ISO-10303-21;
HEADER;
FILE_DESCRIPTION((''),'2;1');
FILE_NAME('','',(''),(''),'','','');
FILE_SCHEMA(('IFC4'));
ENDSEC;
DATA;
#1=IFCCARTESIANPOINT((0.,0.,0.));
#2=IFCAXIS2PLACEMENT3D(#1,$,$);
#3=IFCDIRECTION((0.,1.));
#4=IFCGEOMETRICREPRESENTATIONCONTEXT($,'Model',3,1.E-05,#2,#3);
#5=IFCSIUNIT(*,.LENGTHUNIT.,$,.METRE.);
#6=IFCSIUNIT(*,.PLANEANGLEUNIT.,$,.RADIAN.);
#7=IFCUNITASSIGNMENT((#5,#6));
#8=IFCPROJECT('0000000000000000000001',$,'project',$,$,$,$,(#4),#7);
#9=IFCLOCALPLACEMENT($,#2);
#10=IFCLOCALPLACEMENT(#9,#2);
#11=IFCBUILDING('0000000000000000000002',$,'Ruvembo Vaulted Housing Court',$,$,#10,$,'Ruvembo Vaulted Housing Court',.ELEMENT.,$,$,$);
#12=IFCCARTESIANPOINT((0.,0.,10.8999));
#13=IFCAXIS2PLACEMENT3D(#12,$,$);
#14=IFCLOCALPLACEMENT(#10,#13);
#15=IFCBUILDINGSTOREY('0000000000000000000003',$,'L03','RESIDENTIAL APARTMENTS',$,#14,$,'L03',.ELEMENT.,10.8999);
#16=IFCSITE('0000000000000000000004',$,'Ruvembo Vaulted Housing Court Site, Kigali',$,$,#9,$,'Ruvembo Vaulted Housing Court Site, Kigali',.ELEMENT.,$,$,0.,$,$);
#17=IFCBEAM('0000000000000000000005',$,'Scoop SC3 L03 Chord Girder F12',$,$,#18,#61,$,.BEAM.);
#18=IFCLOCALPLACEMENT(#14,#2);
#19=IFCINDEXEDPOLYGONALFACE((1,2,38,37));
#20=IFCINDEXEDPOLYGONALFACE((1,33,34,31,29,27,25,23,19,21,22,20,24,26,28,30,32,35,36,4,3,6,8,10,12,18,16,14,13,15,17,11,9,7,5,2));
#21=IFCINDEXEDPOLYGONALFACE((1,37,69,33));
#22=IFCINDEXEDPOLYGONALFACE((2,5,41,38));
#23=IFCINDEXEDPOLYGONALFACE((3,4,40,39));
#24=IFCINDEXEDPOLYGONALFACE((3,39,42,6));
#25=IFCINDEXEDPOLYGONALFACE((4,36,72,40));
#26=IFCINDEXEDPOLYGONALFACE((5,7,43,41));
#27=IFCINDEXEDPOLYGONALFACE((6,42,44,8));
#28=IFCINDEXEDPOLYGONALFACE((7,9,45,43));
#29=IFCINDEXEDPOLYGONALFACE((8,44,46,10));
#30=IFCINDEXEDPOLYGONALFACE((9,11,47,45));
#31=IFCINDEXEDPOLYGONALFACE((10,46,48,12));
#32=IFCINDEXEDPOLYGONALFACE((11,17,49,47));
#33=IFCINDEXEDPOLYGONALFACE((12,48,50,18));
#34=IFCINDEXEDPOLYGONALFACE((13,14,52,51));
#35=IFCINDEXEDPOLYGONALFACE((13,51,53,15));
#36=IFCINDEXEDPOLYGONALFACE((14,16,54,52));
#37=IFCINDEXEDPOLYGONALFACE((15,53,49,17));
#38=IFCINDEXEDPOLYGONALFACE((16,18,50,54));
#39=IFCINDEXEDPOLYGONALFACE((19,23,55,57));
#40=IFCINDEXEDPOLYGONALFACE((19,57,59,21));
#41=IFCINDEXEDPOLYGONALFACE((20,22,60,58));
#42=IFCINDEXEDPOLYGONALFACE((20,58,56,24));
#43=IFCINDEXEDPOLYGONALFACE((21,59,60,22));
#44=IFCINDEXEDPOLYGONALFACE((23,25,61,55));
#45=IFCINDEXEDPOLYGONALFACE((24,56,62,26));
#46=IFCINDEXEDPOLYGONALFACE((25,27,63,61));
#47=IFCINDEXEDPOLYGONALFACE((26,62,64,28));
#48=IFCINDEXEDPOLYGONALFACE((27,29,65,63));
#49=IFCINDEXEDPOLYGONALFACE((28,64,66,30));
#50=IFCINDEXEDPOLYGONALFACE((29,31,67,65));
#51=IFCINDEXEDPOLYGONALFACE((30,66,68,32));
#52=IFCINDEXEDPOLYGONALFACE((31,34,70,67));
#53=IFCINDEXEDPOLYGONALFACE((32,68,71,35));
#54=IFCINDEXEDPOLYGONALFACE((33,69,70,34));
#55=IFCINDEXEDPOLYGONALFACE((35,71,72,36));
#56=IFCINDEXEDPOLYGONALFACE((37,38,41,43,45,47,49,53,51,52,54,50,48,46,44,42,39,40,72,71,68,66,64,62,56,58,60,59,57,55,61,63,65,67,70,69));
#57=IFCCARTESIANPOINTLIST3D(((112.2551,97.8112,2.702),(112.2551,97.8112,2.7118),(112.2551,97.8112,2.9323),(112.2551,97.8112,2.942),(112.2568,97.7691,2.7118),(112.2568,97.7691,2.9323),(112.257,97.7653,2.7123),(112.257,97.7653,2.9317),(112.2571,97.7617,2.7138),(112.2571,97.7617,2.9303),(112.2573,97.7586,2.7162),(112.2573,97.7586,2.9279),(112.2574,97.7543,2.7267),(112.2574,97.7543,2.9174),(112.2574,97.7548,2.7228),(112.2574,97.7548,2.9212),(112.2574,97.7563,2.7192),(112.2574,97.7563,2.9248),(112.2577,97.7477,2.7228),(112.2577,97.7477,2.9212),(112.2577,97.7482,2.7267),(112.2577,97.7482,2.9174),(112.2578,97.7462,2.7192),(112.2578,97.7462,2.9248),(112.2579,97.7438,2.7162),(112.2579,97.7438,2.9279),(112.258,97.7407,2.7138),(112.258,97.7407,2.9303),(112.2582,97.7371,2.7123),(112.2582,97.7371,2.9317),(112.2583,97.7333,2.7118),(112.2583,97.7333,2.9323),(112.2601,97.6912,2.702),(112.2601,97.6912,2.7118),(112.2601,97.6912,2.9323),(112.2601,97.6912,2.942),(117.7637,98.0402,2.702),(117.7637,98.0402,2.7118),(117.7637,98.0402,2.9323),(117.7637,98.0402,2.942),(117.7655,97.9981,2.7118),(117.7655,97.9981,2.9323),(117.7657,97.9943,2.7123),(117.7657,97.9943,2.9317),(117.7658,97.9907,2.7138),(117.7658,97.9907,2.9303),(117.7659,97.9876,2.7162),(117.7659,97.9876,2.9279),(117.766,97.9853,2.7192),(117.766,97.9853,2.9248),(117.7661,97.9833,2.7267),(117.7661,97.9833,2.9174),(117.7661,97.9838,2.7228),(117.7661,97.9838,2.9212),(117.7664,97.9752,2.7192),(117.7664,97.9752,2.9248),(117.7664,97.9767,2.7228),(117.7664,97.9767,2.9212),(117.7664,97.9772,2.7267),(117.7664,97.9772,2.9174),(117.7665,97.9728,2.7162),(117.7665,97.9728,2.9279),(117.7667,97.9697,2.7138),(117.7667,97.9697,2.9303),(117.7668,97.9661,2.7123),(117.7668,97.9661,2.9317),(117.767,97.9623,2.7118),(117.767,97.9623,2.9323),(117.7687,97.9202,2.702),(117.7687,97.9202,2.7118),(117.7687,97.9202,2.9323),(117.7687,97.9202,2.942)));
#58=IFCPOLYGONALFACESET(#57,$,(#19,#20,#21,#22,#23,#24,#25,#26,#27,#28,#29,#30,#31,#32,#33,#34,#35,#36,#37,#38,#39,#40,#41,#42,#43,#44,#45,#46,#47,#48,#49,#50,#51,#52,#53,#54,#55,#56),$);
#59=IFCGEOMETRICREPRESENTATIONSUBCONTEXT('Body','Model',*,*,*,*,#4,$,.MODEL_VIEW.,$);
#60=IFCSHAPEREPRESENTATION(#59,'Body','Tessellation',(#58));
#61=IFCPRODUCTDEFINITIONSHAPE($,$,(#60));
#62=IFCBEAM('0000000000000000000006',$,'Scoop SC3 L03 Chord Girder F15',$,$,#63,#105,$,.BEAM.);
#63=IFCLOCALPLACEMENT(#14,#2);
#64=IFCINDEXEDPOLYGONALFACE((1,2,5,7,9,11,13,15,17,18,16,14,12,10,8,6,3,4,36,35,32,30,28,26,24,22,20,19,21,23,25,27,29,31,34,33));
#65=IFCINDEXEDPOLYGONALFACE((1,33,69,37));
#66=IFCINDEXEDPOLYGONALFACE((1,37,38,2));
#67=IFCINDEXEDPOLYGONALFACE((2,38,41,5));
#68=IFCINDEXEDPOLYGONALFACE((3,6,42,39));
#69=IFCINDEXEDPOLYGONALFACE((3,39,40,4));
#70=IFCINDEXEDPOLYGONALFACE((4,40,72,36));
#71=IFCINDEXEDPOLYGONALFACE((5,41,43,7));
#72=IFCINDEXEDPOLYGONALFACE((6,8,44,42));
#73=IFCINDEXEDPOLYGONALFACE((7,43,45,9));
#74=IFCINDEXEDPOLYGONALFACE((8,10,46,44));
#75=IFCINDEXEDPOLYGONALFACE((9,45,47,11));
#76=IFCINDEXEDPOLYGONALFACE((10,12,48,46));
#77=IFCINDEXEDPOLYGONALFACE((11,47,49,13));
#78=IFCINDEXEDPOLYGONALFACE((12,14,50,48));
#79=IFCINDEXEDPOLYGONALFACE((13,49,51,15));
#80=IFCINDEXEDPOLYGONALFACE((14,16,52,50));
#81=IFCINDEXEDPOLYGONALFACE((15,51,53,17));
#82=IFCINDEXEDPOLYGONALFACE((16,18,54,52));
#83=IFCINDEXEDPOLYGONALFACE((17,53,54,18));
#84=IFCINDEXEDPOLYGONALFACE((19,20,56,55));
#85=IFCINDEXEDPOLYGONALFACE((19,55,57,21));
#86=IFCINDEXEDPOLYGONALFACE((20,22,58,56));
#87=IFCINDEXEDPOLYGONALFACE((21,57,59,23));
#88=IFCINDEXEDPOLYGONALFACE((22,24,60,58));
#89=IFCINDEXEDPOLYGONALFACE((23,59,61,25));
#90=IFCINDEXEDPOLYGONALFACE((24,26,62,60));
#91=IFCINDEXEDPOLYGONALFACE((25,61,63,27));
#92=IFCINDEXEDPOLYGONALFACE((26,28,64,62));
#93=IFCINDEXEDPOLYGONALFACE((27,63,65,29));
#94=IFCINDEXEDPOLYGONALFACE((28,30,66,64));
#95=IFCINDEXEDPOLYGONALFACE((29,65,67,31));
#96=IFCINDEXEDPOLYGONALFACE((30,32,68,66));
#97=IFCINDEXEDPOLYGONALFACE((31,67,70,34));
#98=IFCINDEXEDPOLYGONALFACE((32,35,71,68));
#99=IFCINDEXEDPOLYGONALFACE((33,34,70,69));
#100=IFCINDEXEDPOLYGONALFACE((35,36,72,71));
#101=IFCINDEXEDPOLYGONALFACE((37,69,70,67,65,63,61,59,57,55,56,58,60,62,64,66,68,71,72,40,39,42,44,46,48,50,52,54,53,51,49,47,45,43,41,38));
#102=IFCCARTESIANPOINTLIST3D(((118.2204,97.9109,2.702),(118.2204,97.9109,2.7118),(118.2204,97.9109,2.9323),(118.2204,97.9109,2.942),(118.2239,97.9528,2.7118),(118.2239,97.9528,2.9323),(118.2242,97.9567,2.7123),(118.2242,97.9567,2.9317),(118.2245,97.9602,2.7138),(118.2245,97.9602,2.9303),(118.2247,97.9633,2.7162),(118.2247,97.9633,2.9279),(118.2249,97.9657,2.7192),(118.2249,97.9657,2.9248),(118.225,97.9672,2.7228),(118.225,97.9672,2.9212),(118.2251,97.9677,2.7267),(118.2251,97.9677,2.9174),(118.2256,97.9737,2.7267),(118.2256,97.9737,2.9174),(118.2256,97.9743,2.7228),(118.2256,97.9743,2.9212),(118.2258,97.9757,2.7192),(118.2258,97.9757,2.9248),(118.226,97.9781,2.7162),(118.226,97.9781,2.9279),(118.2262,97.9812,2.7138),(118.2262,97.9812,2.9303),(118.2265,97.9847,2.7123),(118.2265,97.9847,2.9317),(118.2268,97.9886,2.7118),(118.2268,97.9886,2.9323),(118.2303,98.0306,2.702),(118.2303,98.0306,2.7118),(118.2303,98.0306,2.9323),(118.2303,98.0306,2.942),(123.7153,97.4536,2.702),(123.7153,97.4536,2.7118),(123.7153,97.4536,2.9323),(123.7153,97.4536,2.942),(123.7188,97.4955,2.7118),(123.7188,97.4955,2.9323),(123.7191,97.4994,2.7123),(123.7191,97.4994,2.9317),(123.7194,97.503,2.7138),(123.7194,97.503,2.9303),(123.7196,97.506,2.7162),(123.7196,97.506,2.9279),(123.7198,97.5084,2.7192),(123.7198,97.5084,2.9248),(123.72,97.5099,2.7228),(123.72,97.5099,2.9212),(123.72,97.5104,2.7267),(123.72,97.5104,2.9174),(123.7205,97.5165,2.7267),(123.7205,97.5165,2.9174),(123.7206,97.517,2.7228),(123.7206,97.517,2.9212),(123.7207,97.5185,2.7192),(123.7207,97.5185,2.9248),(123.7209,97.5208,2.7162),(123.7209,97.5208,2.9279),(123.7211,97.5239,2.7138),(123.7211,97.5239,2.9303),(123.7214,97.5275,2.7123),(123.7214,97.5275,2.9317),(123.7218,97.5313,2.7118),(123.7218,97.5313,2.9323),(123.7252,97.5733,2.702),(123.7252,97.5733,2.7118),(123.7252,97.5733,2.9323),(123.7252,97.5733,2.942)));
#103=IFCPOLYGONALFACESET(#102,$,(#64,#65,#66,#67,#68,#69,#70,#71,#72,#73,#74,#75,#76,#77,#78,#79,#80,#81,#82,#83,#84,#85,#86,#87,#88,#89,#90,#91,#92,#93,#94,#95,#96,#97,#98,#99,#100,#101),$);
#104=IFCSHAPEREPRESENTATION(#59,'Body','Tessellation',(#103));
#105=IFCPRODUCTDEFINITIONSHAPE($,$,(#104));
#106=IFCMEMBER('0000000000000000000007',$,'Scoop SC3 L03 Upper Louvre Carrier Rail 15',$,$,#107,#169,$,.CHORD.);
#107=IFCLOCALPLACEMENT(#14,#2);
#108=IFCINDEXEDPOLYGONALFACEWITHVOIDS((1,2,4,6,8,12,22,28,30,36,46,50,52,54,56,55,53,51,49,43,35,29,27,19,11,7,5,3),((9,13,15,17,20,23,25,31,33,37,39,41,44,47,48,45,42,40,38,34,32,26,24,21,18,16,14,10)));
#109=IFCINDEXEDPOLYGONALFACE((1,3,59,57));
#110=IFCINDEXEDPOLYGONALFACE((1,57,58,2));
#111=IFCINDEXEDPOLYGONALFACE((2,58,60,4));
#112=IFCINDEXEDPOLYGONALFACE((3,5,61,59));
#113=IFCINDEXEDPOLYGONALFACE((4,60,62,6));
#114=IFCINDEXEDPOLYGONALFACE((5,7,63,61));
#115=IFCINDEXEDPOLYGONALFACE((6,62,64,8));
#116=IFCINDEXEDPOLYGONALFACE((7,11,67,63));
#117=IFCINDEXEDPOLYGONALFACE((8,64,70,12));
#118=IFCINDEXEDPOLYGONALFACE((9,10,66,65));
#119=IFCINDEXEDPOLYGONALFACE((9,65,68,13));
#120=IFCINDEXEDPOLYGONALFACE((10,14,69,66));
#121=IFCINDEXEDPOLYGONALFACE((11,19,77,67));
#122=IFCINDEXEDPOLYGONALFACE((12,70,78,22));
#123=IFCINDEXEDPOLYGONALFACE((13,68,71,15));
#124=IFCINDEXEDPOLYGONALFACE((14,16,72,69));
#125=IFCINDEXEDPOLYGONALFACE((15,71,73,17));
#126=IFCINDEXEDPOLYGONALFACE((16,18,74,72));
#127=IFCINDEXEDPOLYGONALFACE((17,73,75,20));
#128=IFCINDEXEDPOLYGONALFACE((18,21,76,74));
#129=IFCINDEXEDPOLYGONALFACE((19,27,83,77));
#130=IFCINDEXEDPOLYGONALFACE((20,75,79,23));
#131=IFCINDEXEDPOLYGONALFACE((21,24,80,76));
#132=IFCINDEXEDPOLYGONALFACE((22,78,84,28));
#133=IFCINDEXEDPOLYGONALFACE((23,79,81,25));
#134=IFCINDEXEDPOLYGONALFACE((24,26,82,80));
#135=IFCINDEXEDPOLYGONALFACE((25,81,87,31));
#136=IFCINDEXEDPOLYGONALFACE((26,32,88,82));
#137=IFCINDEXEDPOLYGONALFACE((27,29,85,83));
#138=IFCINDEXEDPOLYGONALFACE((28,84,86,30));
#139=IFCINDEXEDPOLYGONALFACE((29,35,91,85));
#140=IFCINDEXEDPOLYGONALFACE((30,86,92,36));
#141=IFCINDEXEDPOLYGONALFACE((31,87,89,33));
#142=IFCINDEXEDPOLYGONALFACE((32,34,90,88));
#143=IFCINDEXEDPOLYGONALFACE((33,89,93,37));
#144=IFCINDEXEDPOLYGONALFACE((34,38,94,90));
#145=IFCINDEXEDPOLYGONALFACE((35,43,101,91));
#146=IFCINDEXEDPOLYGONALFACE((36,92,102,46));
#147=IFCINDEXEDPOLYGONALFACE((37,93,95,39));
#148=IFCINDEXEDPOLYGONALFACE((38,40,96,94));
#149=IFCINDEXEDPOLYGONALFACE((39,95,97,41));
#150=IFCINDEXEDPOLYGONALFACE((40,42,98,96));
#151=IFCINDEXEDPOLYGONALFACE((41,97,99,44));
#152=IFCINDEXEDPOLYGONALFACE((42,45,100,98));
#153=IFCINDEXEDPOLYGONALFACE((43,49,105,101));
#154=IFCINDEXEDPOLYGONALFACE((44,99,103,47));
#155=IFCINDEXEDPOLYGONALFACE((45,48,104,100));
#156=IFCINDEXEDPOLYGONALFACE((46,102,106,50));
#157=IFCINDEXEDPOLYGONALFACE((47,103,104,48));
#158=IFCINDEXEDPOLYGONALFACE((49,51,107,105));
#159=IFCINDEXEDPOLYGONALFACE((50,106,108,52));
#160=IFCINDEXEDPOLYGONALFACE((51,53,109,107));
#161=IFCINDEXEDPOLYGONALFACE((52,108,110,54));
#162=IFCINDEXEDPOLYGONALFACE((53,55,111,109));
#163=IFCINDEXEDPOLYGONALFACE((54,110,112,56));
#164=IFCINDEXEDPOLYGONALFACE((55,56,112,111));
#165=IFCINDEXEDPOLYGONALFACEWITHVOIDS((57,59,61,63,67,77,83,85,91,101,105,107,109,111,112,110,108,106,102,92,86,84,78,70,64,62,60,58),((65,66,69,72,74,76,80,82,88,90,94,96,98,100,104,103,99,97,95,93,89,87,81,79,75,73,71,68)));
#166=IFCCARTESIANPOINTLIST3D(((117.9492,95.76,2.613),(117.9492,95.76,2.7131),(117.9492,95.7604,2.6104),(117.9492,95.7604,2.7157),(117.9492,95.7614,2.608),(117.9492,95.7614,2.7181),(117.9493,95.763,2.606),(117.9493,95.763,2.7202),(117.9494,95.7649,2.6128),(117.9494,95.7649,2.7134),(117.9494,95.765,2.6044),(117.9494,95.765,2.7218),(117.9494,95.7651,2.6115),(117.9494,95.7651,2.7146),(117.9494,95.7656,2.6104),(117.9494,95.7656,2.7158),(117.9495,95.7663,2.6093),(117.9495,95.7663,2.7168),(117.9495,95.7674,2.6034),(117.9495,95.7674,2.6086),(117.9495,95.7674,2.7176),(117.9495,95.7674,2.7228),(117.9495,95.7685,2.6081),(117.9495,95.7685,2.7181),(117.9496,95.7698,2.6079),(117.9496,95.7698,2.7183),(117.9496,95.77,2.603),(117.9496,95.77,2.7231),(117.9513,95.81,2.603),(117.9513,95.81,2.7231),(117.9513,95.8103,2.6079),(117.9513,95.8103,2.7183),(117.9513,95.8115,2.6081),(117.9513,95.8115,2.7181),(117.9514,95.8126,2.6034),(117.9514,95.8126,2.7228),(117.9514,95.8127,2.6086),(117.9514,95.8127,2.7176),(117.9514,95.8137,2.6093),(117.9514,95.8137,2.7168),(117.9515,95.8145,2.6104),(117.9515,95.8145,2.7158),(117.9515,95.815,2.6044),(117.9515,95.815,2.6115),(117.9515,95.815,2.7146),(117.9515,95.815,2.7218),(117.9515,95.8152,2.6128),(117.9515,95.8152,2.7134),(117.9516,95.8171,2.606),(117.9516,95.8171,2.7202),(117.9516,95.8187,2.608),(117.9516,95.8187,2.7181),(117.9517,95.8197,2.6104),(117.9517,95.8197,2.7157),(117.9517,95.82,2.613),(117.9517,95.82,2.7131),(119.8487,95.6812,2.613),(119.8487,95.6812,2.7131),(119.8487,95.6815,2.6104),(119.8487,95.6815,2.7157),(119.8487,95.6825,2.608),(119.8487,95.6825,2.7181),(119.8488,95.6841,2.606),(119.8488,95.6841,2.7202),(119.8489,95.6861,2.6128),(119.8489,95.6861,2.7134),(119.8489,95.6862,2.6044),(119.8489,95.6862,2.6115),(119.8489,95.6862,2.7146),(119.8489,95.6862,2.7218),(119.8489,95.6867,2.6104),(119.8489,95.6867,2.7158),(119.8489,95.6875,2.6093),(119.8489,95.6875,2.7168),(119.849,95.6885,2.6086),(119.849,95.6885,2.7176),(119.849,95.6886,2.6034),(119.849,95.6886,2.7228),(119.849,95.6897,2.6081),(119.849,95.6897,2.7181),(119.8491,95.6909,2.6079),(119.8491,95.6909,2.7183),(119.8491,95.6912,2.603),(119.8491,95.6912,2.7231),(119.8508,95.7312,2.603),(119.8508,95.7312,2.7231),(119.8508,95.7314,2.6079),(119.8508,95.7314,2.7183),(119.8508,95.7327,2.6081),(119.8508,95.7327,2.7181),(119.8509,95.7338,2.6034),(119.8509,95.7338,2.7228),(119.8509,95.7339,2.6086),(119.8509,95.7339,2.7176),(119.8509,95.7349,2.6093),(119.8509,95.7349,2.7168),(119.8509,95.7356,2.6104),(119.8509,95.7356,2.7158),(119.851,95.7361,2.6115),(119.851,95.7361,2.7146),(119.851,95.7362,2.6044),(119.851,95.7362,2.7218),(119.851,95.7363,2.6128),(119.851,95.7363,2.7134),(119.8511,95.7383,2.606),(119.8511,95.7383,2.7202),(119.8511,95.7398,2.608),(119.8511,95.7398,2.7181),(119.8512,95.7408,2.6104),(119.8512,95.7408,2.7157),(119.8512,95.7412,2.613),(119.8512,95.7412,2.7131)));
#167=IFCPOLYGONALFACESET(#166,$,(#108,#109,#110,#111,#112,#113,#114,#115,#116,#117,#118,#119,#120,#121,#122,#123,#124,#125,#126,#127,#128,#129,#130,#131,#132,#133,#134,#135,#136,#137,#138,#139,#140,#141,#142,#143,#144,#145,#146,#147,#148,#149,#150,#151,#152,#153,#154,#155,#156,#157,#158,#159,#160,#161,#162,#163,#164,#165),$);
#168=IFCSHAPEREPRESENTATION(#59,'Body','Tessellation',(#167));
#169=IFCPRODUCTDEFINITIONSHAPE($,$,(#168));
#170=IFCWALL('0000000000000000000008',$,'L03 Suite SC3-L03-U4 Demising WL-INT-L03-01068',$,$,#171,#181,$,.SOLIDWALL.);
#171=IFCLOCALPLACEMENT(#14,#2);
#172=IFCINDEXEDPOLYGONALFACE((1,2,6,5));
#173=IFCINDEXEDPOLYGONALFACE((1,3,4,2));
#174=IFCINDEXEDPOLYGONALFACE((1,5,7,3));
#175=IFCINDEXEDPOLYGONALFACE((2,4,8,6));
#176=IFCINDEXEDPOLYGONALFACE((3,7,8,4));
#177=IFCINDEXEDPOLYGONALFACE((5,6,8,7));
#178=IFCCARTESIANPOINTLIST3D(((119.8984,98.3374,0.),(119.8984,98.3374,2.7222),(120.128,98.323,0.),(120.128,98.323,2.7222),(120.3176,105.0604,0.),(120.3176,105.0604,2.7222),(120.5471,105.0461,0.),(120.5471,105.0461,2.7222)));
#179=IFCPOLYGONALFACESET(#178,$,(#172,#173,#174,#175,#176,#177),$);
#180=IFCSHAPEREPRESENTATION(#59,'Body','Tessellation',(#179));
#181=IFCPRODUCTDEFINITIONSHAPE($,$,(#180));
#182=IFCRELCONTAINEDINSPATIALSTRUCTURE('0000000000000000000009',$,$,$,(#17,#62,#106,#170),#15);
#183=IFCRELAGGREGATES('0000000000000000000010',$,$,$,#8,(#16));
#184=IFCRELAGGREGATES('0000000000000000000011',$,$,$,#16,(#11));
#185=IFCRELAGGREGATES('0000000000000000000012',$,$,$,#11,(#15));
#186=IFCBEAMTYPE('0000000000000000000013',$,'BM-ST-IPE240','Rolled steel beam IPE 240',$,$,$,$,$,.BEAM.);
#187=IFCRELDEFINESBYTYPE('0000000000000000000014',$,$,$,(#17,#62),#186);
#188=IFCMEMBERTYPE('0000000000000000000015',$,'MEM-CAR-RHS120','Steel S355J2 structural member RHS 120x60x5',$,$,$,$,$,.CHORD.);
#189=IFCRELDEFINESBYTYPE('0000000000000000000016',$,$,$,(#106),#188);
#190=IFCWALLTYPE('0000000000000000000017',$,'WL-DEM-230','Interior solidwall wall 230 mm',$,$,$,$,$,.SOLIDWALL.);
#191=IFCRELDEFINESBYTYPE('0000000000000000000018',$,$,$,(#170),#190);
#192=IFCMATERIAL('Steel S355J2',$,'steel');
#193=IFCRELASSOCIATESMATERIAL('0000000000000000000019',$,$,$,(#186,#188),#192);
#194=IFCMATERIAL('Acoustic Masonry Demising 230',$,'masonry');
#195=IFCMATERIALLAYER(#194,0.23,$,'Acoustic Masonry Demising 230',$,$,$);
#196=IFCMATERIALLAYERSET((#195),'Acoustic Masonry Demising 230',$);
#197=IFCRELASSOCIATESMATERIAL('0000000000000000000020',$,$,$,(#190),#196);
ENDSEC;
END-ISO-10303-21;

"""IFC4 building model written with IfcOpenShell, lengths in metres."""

from ifc_helpers import new_model, si_unit, direction, frame, frame_2d, origin, origin_2d, place, context, subcontext, project, spatial, rectangle, hollow_rectangle, i_section, extrude, material, layer, layer_set, material_profile, profile_set, type_object, element, save


model = new_model("IFC4")

# Units and contexts
model_context = context("Model", 3, precision=1e-05, world=origin(), true_north=direction((0.0, 1.0)))
body_context = subcontext(model_context, "Body", "Model", "MODEL_VIEW")
ifc_project = project(units=[si_unit("LENGTHUNIT", "METRE"), si_unit("PLANEANGLEUNIT", "RADIAN")], contexts=[model_context])

# Site, building, storey
site_placement = place(None, origin())
site = spatial("IfcSite", under=ifc_project, at=site_placement, Name="Ruvembo Vaulted Housing Court Site, Kigali", LongName="Ruvembo Vaulted Housing Court Site, Kigali", CompositionType="ELEMENT", RefElevation=0.0)
building_placement = place(site_placement, origin())
building = spatial("IfcBuilding", under=site, at=building_placement, Name="Ruvembo Vaulted Housing Court", LongName="Ruvembo Vaulted Housing Court", CompositionType="ELEMENT")
storey_placement = place(building_placement, frame((0.0, 0.0, 10.8999)))
storey = spatial("IfcBuildingStorey", under=building, at=storey_placement, Name="L03", Description="RESIDENTIAL APARTMENTS", LongName="L03", CompositionType="ELEMENT", Elevation=10.8999)

# Beams
ifc_material_1 = material(Name="Steel S355J2", Category="steel")
ifc_material_profile_1 = material_profile(ifc_material_1, i_section(OverallWidth=0.1201, OverallDepth=0.24, WebThickness=0.0061, FlangeThickness=0.0098, FilletRadius=0.0149, at=origin_2d()), Name="IPE 240")
ifc_profile_set_1 = profile_set([ifc_material_profile_1], Name="Steel S355J2")
beam_type_1 = type_object("IfcBeamType", Name="BM-ST-IPE240", Description="Rolled steel beam IPE 240", PredefinedType="BEAM", material=ifc_profile_set_1)
beam_1_placement = place(storey_placement, frame((112.2576, 97.7512, 2.822), z_axis=(0.999137, 0.041535, 0.0), x_axis=(-0.041535, 0.999137, 0.0)))
element("IfcBeam", 1, at=beam_1_placement, inside=storey, type_object=beam_type_1, Name="Scoop SC3 L03 Chord Girder F12", PredefinedType="BEAM", context=body_context, shape_type="SweptSolid", body=[
    extrude(i_section(OverallWidth=0.1201, OverallDepth=0.24, WebThickness=0.0061, FlangeThickness=0.0098, FilletRadius=0.0149, at=origin_2d()), origin(), (0.0, 0.0, 1.0), 5.5134),
])
beam_2_placement = place(storey_placement, frame((118.2253, 97.9707, 2.822), z_axis=(0.996555, -0.082932, 0.0), x_axis=(0.082932, 0.996555, 0.0)))
element("IfcBeam", 2, at=beam_2_placement, inside=storey, type_object=beam_type_1, Name="Scoop SC3 L03 Chord Girder F15", PredefinedType="BEAM", context=body_context, shape_type="SweptSolid", body=[
    extrude(i_section(OverallWidth=0.1201, OverallDepth=0.24, WebThickness=0.0061, FlangeThickness=0.0098, FilletRadius=0.0149, at=origin_2d()), origin(), (0.0, 0.0, 1.0), 5.5139),
])

# Member
ifc_material_profile_2 = material_profile(ifc_material_1, hollow_rectangle(XDim=0.0601, YDim=0.1201, WallThickness=0.0049, InnerFilletRadius=0.0049, OuterFilletRadius=0.01, at=origin_2d()), Name="RHS 120x60x5")
ifc_profile_set_2 = profile_set([ifc_material_profile_2], Name="Steel S355J2")
member_type = type_object("IfcMemberType", Name="MEM-CAR-RHS120", Description="Steel S355J2 structural member RHS 120x60x5", PredefinedType="CHORD", material=ifc_profile_set_2)
member_placement = place(storey_placement, frame((117.9504, 95.79, 2.6631), z_axis=(0.999139, -0.041481, 0.0), x_axis=(0.041481, 0.999139, 0.0)))
element("IfcMember", 3, at=member_placement, inside=storey, type_object=member_type, Name="Scoop SC3 L03 Upper Louvre Carrier Rail 15", PredefinedType="CHORD", context=body_context, shape_type="SweptSolid", body=[
    extrude(hollow_rectangle(XDim=0.0601, YDim=0.1201, WallThickness=0.0049, InnerFilletRadius=0.0049, OuterFilletRadius=0.01, at=origin_2d()), origin(), (0.0, 0.0, 1.0), 1.9011),
])

# Wall
ifc_material_2 = material(Name="Acoustic Masonry Demising 230", Category="masonry")
ifc_layer_1 = layer(ifc_material_2, 0.23, Name="Acoustic Masonry Demising 230")
ifc_layer_set_1 = layer_set([ifc_layer_1], Name="Acoustic Masonry Demising 230")
wall_type_1 = type_object("IfcWallType", Name="WL-DEM-230", Description="Interior solidwall wall 230 mm", PredefinedType="SOLIDWALL", material=ifc_layer_set_1)
wall_1_placement = place(storey_placement, frame((120.0132, 98.3301, 0.0), z_axis=(0.0, 0.0, 1.0), x_axis=(0.062229, 0.998062, 0.0)))
element("IfcWall", 4, at=wall_1_placement, inside=storey, type_object=wall_type_1, Name="L03 Suite SC3-L03-U4 Demising WL-INT-L03-01068", PredefinedType="SOLIDWALL", context=body_context, shape_type="SweptSolid", body=[
    extrude(rectangle(XDim=6.7361, YDim=0.23, at=frame_2d((3.3682, 0.0))), origin(), (0.0, 0.0, 1.0), 2.7222),
])

save(model, "model.ifc")
